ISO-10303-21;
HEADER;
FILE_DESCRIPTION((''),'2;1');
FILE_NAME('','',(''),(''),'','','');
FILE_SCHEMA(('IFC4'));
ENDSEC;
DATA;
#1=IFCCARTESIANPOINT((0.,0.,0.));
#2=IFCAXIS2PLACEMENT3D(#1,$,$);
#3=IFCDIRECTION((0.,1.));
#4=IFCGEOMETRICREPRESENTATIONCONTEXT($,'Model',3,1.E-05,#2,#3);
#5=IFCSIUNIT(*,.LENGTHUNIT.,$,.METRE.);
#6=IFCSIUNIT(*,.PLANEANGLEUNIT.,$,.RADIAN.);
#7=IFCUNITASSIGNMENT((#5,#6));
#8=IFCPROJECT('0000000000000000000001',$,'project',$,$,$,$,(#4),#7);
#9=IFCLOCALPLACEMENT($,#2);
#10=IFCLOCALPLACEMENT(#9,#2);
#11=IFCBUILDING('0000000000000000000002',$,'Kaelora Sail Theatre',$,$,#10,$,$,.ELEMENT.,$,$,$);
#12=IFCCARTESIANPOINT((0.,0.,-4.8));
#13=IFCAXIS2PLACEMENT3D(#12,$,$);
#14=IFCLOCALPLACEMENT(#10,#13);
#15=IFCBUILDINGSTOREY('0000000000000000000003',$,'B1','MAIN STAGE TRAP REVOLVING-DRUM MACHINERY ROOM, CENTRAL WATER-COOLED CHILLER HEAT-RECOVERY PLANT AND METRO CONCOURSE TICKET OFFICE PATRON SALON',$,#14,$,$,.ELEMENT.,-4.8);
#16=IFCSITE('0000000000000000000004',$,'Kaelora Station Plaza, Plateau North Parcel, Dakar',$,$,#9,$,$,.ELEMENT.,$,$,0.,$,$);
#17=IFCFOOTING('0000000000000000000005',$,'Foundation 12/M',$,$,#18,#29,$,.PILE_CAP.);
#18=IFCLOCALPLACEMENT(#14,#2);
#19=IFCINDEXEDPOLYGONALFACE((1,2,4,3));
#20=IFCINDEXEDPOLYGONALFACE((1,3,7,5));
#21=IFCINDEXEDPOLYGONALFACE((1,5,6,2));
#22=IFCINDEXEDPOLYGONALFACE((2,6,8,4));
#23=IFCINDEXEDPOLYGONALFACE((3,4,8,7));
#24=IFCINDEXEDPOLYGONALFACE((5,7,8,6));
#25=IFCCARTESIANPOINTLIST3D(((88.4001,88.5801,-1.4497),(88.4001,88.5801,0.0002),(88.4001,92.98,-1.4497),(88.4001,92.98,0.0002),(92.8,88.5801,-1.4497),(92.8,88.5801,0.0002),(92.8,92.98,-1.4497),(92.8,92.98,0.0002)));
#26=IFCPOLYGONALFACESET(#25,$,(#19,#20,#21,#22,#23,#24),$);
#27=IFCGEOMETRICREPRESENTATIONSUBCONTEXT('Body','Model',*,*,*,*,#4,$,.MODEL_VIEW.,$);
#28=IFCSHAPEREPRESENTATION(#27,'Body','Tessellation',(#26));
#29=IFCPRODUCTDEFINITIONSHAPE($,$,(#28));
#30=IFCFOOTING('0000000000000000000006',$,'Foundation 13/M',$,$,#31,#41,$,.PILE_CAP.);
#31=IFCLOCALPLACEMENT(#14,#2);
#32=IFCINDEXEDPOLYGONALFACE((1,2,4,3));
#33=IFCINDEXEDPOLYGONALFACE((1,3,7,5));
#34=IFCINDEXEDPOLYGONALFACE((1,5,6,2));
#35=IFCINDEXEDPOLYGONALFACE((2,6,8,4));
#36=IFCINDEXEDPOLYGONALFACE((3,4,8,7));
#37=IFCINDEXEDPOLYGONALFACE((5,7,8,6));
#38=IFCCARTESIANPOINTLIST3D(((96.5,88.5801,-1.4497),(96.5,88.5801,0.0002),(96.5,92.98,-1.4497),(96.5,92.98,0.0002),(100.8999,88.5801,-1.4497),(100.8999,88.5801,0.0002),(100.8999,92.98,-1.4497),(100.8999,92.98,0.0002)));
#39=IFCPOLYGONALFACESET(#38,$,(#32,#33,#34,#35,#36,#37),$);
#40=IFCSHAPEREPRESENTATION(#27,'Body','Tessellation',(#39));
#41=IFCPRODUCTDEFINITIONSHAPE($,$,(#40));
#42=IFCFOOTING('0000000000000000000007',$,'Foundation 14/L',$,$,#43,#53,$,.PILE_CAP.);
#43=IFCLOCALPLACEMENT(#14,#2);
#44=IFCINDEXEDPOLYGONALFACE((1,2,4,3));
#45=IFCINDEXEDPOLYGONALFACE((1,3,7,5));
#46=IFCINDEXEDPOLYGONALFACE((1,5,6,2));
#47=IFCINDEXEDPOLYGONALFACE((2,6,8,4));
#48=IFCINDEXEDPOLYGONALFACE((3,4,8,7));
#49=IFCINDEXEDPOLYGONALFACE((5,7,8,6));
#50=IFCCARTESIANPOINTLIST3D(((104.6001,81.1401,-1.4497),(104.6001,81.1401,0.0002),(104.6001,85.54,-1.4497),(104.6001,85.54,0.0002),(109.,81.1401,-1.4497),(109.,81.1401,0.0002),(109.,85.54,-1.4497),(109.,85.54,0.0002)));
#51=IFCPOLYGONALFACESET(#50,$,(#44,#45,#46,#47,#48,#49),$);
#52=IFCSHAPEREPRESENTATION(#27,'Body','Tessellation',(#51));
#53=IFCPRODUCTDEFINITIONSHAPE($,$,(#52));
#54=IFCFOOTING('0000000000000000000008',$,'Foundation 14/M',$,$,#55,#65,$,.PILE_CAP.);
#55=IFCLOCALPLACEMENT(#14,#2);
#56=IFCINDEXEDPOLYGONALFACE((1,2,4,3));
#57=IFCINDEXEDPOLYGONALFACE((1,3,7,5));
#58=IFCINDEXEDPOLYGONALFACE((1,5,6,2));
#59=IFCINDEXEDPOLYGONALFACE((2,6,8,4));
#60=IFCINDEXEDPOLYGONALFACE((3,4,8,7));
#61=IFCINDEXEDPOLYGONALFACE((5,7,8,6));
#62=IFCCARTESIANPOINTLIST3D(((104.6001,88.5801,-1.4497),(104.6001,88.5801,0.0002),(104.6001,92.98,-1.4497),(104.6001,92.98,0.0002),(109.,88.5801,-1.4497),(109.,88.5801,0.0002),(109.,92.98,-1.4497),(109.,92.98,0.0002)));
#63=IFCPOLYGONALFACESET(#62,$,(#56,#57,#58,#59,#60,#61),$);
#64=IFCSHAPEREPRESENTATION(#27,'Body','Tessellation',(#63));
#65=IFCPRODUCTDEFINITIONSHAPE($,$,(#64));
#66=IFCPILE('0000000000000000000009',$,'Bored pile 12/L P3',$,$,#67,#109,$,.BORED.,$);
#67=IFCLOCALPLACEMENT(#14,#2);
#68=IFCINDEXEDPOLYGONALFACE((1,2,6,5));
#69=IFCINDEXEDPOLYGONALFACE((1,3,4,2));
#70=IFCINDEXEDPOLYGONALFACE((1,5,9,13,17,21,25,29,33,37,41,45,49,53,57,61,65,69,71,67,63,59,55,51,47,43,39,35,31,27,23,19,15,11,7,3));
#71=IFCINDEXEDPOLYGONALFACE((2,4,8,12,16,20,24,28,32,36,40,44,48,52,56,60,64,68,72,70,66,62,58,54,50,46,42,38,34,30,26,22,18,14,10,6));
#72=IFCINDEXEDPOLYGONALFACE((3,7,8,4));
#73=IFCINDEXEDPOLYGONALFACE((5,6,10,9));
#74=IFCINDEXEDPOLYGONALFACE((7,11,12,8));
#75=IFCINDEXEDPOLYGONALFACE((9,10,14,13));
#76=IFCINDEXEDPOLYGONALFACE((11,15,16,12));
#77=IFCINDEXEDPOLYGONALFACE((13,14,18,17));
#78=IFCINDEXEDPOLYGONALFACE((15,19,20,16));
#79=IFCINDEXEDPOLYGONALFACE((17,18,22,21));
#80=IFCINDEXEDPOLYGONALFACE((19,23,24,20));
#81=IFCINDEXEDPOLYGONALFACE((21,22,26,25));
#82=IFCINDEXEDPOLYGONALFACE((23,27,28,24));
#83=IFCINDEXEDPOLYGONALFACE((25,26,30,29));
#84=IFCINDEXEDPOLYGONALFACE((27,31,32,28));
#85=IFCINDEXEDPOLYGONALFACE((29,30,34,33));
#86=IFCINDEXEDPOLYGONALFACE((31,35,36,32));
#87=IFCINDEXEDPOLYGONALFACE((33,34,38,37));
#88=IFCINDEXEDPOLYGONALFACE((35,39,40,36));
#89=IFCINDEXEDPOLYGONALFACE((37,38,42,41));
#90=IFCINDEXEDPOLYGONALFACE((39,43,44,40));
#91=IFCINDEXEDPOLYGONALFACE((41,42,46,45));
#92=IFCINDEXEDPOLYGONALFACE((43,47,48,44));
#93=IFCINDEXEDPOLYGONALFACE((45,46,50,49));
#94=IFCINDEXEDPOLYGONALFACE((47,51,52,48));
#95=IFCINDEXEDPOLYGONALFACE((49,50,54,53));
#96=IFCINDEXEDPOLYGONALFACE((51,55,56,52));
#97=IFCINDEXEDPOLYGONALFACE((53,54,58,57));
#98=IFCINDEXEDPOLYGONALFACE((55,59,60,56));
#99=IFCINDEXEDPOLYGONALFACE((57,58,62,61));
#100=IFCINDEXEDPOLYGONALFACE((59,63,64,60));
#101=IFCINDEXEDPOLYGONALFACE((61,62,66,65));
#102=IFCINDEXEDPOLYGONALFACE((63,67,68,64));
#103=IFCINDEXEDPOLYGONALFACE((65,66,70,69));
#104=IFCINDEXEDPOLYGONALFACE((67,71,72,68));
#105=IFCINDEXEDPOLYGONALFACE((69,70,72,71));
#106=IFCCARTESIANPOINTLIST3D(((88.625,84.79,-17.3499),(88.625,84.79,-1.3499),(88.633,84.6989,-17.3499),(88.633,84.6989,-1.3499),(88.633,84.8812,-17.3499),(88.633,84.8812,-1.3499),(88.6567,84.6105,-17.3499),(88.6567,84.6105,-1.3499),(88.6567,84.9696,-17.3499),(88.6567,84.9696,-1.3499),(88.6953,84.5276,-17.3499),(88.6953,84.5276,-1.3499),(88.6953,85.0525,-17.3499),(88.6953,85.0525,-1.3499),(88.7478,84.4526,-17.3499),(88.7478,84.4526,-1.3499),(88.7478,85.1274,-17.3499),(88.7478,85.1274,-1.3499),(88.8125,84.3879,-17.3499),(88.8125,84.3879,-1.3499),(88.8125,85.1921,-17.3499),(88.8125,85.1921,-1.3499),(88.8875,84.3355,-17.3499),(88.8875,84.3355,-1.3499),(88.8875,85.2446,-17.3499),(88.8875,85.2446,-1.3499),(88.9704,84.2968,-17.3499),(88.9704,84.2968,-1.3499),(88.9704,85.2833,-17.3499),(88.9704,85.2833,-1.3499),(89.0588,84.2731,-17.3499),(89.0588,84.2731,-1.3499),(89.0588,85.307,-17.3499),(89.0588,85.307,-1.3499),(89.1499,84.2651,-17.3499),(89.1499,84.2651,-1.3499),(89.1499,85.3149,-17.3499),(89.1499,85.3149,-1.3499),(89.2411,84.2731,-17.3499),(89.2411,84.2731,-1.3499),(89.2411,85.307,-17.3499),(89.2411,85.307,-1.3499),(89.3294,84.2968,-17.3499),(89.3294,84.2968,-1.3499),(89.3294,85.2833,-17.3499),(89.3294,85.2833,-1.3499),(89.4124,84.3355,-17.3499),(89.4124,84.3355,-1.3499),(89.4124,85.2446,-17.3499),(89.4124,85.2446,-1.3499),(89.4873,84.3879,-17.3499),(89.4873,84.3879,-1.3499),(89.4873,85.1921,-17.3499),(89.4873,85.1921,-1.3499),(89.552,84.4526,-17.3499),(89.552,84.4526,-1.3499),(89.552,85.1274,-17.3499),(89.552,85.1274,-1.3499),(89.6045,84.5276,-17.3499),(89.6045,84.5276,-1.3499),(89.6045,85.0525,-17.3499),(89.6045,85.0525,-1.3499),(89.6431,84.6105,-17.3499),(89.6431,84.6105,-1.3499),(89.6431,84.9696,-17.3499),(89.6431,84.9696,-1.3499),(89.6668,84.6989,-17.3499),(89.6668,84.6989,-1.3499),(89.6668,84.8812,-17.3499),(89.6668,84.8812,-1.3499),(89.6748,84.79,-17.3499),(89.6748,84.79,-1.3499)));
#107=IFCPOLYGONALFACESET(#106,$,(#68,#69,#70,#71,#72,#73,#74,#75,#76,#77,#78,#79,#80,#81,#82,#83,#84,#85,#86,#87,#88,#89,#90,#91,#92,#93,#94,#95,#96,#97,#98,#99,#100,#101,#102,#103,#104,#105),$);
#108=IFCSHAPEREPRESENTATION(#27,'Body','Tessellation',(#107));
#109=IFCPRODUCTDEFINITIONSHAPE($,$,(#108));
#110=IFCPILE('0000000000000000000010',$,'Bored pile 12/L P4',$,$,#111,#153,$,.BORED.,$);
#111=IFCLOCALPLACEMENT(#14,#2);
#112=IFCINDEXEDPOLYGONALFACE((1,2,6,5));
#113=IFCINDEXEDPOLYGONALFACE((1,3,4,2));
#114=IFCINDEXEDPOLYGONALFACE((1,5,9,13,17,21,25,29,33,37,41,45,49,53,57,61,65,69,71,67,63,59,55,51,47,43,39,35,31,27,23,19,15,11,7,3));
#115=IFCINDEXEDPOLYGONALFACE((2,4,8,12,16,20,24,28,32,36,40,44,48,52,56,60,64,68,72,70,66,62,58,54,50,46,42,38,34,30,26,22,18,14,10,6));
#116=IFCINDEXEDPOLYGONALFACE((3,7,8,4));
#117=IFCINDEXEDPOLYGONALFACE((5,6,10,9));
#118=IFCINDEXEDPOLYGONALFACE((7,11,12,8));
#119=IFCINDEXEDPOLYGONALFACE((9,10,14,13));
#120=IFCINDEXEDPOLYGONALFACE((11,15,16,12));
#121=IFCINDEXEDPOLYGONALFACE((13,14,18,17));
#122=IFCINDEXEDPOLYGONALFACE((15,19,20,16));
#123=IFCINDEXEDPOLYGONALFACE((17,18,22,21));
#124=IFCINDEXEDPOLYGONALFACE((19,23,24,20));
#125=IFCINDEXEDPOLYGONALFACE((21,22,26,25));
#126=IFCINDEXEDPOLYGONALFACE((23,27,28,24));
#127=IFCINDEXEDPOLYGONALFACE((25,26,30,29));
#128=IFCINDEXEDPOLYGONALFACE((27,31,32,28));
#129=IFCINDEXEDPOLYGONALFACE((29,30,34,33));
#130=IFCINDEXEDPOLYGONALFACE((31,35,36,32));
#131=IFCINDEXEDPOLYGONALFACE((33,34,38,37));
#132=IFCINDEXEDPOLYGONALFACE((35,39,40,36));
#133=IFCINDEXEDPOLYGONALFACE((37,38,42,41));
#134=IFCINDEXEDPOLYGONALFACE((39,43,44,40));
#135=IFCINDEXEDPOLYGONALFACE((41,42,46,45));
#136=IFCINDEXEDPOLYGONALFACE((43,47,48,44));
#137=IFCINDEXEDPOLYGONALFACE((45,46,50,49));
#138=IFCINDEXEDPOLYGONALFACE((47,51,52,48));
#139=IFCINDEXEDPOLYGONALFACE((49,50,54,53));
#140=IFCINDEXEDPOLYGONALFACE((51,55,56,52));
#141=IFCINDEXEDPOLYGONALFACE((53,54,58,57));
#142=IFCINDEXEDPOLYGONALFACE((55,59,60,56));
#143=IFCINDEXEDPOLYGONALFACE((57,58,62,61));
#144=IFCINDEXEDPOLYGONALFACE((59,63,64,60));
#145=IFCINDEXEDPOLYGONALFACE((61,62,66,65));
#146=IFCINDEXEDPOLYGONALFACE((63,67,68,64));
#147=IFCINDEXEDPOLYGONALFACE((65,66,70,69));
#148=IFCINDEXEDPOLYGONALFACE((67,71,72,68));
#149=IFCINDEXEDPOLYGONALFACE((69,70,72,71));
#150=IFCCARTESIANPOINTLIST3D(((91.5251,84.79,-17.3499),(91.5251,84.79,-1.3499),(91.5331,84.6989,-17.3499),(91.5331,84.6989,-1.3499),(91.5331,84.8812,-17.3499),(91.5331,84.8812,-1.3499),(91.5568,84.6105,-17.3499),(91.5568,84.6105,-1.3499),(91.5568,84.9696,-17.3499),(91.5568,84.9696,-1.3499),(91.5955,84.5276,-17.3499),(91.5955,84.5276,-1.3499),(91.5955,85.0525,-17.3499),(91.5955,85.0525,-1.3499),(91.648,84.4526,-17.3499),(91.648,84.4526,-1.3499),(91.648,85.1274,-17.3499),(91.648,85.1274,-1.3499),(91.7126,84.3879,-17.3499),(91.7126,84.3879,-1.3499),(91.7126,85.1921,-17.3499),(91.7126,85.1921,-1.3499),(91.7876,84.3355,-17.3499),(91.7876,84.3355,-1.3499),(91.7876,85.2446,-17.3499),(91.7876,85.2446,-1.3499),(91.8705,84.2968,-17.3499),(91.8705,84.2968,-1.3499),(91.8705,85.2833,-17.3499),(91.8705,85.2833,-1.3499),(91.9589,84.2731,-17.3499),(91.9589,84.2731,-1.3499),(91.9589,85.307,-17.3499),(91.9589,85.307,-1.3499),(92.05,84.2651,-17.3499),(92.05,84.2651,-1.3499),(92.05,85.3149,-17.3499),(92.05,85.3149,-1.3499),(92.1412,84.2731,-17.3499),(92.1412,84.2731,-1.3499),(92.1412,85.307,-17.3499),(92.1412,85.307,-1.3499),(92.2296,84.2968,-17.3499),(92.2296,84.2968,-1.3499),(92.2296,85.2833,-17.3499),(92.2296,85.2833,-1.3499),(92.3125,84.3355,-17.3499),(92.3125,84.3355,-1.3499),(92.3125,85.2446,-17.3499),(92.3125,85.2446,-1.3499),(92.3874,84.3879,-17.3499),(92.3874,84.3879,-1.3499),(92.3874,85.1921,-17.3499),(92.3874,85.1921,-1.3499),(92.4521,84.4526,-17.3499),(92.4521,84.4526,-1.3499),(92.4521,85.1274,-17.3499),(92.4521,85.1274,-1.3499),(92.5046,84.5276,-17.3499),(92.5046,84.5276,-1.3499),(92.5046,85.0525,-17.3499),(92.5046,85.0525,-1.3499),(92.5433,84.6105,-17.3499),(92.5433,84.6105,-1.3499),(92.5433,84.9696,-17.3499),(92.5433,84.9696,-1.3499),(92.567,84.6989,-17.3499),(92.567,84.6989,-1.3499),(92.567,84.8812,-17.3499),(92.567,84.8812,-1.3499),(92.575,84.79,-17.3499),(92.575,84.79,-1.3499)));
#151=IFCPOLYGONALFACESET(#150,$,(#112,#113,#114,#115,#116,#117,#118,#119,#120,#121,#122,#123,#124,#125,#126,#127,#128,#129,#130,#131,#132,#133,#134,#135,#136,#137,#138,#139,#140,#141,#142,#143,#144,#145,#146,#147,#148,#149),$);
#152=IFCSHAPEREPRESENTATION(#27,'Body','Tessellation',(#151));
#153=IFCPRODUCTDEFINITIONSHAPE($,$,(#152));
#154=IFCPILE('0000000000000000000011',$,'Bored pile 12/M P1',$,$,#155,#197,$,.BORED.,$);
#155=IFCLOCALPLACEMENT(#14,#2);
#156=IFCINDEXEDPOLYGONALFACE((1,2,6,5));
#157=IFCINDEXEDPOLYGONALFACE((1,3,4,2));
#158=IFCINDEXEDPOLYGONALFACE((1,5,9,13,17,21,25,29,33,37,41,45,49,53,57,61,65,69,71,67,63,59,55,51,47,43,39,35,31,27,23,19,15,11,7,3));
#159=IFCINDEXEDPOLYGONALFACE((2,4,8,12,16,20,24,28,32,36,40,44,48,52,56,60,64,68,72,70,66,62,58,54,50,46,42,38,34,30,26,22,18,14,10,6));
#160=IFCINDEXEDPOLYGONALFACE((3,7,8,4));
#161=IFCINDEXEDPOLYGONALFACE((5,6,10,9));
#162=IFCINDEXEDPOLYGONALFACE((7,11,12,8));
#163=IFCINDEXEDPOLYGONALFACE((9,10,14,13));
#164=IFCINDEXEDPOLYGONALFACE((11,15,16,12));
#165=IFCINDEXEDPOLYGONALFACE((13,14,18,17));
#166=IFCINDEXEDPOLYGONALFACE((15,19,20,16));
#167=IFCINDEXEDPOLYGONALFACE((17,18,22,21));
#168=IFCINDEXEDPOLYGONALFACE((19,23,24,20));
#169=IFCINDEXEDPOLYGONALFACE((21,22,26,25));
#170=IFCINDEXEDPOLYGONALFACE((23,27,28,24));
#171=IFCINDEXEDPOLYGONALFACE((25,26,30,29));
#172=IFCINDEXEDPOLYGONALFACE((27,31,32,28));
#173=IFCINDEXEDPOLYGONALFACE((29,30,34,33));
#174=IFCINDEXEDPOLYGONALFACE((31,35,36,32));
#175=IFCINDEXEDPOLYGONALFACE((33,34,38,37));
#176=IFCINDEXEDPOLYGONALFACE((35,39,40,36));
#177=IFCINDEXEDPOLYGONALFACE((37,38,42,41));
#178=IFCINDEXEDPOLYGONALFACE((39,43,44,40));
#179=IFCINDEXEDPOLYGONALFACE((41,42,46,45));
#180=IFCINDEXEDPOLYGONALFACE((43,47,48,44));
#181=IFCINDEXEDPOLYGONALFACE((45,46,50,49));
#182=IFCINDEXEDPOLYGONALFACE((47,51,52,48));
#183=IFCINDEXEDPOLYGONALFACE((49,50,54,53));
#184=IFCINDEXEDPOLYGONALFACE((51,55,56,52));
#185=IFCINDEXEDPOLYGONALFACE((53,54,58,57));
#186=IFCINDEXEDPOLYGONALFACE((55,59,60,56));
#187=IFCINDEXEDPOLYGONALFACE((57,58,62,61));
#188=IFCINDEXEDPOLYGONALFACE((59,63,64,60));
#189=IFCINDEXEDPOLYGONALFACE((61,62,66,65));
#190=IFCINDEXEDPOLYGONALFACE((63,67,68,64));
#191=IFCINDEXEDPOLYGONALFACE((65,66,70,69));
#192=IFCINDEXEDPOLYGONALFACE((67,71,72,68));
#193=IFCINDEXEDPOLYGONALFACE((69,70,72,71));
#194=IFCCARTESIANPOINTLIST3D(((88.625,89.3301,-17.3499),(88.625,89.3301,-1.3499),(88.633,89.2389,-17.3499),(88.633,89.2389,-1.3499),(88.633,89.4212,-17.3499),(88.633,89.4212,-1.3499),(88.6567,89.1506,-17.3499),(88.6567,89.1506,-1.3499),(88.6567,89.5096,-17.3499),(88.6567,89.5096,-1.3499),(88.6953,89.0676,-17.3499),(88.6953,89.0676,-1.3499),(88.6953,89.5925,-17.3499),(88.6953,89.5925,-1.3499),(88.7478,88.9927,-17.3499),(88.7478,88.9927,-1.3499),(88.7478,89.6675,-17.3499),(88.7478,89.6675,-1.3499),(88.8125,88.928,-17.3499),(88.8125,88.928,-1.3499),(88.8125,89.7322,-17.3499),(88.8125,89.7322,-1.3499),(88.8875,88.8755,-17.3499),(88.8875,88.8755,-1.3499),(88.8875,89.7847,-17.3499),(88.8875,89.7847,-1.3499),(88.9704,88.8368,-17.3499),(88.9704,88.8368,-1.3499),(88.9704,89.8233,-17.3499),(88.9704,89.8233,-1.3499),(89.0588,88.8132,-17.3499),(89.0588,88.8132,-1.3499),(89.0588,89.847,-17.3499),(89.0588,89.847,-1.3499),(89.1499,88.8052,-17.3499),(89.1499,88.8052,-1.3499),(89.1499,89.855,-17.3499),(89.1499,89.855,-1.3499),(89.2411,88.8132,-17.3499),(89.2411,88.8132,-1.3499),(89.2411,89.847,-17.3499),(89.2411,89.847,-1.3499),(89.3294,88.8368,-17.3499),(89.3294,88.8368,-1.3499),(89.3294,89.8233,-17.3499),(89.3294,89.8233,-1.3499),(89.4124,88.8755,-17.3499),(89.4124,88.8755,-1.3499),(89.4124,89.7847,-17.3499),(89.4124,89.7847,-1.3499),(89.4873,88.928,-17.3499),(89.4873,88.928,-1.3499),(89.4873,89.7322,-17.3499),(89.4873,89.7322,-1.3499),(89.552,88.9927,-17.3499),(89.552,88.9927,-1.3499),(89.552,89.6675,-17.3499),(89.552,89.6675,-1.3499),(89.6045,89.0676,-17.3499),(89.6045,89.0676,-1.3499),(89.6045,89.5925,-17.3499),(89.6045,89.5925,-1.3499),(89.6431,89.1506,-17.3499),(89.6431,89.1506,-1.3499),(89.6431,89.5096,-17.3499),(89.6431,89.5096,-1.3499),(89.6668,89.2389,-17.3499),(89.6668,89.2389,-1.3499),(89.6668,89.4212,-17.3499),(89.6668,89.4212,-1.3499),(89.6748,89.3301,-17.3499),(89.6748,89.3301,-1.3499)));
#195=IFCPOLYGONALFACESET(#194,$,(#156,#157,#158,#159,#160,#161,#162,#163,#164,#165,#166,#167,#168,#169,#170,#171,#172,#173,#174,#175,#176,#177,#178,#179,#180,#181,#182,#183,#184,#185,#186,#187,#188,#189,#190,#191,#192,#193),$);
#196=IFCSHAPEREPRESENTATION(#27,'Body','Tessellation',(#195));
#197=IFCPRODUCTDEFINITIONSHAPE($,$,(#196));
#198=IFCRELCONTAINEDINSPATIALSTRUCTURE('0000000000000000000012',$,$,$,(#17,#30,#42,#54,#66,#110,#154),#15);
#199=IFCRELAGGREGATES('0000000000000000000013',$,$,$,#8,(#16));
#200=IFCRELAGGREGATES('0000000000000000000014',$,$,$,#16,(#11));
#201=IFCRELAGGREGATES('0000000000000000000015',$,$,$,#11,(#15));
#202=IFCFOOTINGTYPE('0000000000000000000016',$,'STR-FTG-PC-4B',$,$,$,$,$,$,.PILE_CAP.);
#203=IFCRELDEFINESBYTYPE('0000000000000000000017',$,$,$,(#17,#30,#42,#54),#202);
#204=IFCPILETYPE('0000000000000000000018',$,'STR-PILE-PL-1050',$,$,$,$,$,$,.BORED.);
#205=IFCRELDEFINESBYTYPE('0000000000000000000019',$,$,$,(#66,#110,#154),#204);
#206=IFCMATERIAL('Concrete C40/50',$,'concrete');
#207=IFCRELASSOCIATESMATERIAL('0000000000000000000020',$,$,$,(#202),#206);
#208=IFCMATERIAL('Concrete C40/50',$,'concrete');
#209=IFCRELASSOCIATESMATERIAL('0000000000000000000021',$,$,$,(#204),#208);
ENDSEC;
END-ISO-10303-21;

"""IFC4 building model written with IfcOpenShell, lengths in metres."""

from ifc_helpers import new_model, si_unit, direction, frame, origin, origin_2d, place, context, subcontext, project, spatial, rectangle, circle, extrude, material, material_profile, profile_set, type_object, element, save


model = new_model("IFC4")

# Units and contexts
model_context = context("Model", 3, precision=1e-05, world=origin(), true_north=direction((0.0, 1.0)))
body_context = subcontext(model_context, "Body", "Model", "MODEL_VIEW")
ifc_project = project(units=[si_unit("LENGTHUNIT", "METRE"), si_unit("PLANEANGLEUNIT", "RADIAN")], contexts=[model_context])

# Site, building, storey
site_placement = place(None, origin())
site = spatial("IfcSite", under=ifc_project, at=site_placement, Name="Kaelora Station Plaza, Plateau North Parcel, Dakar", CompositionType="ELEMENT", RefElevation=0.0)
building_placement = place(site_placement, origin())
building = spatial("IfcBuilding", under=site, at=building_placement, Name="Kaelora Sail Theatre", CompositionType="ELEMENT")
storey_placement = place(building_placement, frame((0.0, 0.0, -4.8)))
storey = spatial("IfcBuildingStorey", under=building, at=storey_placement, Name="B1", Description="MAIN STAGE TRAP REVOLVING-DRUM MACHINERY ROOM, CENTRAL WATER-COOLED CHILLER HEAT-RECOVERY PLANT AND METRO CONCOURSE TICKET OFFICE PATRON SALON", CompositionType="ELEMENT", Elevation=-4.8)

# Footings
ifc_material_1 = material(Name="Concrete C40/50", Category="concrete")
footing_type = type_object("IfcFootingType", Name="STR-FTG-PC-4B", PredefinedType="PILE_CAP", material=ifc_material_1)
for number, where, z_axis, x_axis, name in (
    (1, (90.6001, 90.78, -1.4497), (0.0, 0.0, 1.0), (1.0, 0.0, 0.0), "Foundation 12/M"),
    (2, (98.7, 90.78, -1.4497), (0.0, 0.0, 1.0), (1.0, 0.0, 0.0), "Foundation 13/M"),
    (3, (106.8, 83.3401, -1.4497), (0.0, 0.0, 1.0), (1.0, 0.0, 0.0), "Foundation 14/L"),
    (4, (106.8, 90.78, -1.4497), (0.0, 0.0, 1.0), (1.0, 0.0, 0.0), "Foundation 14/M"),
):
    element("IfcFooting", number, at=place(storey_placement, frame(where, z_axis=z_axis, x_axis=x_axis)), inside=storey, type_object=footing_type, Name=name, PredefinedType="PILE_CAP", context=body_context, shape_type="SweptSolid", body=[
        extrude(rectangle(XDim=4.3999, YDim=4.3999, at=origin_2d()), origin(), (0.0, 0.0, 1.0), 1.45),
    ])

# Piles
ifc_material_2 = material(Name="Concrete C40/50", Category="concrete")
ifc_material_profile_1 = material_profile(ifc_material_2, circle(Radius=0.5249, at=origin_2d()), Name="PILE D1050")
ifc_profile_set_1 = profile_set([ifc_material_profile_1], Name="Concrete C40/50")
pile_type = type_object("IfcPileType", Name="STR-PILE-PL-1050", PredefinedType="BORED", material=ifc_profile_set_1)
for number, where, z_axis, x_axis, name in (
    (5, (89.1499, 84.79, -1.3499), (0.0, 0.0, -1.0), (1.0, 0.0, 0.0), "Bored pile 12/L P3"),
    (6, (92.05, 84.79, -1.3499), (0.0, 0.0, -1.0), (1.0, 0.0, 0.0), "Bored pile 12/L P4"),
    (7, (89.1499, 89.3301, -1.3499), (0.0, 0.0, -1.0), (1.0, 0.0, 0.0), "Bored pile 12/M P1"),
):
    element("IfcPile", number, at=place(storey_placement, frame(where, z_axis=z_axis, x_axis=x_axis)), inside=storey, type_object=pile_type, Name=name, PredefinedType="BORED", context=body_context, shape_type="SweptSolid", body=[
        extrude(circle(Radius=0.5249, at=origin_2d()), origin(), (0.0, 0.0, 1.0), 16.0),
    ])

save(model, "model.ifc")
